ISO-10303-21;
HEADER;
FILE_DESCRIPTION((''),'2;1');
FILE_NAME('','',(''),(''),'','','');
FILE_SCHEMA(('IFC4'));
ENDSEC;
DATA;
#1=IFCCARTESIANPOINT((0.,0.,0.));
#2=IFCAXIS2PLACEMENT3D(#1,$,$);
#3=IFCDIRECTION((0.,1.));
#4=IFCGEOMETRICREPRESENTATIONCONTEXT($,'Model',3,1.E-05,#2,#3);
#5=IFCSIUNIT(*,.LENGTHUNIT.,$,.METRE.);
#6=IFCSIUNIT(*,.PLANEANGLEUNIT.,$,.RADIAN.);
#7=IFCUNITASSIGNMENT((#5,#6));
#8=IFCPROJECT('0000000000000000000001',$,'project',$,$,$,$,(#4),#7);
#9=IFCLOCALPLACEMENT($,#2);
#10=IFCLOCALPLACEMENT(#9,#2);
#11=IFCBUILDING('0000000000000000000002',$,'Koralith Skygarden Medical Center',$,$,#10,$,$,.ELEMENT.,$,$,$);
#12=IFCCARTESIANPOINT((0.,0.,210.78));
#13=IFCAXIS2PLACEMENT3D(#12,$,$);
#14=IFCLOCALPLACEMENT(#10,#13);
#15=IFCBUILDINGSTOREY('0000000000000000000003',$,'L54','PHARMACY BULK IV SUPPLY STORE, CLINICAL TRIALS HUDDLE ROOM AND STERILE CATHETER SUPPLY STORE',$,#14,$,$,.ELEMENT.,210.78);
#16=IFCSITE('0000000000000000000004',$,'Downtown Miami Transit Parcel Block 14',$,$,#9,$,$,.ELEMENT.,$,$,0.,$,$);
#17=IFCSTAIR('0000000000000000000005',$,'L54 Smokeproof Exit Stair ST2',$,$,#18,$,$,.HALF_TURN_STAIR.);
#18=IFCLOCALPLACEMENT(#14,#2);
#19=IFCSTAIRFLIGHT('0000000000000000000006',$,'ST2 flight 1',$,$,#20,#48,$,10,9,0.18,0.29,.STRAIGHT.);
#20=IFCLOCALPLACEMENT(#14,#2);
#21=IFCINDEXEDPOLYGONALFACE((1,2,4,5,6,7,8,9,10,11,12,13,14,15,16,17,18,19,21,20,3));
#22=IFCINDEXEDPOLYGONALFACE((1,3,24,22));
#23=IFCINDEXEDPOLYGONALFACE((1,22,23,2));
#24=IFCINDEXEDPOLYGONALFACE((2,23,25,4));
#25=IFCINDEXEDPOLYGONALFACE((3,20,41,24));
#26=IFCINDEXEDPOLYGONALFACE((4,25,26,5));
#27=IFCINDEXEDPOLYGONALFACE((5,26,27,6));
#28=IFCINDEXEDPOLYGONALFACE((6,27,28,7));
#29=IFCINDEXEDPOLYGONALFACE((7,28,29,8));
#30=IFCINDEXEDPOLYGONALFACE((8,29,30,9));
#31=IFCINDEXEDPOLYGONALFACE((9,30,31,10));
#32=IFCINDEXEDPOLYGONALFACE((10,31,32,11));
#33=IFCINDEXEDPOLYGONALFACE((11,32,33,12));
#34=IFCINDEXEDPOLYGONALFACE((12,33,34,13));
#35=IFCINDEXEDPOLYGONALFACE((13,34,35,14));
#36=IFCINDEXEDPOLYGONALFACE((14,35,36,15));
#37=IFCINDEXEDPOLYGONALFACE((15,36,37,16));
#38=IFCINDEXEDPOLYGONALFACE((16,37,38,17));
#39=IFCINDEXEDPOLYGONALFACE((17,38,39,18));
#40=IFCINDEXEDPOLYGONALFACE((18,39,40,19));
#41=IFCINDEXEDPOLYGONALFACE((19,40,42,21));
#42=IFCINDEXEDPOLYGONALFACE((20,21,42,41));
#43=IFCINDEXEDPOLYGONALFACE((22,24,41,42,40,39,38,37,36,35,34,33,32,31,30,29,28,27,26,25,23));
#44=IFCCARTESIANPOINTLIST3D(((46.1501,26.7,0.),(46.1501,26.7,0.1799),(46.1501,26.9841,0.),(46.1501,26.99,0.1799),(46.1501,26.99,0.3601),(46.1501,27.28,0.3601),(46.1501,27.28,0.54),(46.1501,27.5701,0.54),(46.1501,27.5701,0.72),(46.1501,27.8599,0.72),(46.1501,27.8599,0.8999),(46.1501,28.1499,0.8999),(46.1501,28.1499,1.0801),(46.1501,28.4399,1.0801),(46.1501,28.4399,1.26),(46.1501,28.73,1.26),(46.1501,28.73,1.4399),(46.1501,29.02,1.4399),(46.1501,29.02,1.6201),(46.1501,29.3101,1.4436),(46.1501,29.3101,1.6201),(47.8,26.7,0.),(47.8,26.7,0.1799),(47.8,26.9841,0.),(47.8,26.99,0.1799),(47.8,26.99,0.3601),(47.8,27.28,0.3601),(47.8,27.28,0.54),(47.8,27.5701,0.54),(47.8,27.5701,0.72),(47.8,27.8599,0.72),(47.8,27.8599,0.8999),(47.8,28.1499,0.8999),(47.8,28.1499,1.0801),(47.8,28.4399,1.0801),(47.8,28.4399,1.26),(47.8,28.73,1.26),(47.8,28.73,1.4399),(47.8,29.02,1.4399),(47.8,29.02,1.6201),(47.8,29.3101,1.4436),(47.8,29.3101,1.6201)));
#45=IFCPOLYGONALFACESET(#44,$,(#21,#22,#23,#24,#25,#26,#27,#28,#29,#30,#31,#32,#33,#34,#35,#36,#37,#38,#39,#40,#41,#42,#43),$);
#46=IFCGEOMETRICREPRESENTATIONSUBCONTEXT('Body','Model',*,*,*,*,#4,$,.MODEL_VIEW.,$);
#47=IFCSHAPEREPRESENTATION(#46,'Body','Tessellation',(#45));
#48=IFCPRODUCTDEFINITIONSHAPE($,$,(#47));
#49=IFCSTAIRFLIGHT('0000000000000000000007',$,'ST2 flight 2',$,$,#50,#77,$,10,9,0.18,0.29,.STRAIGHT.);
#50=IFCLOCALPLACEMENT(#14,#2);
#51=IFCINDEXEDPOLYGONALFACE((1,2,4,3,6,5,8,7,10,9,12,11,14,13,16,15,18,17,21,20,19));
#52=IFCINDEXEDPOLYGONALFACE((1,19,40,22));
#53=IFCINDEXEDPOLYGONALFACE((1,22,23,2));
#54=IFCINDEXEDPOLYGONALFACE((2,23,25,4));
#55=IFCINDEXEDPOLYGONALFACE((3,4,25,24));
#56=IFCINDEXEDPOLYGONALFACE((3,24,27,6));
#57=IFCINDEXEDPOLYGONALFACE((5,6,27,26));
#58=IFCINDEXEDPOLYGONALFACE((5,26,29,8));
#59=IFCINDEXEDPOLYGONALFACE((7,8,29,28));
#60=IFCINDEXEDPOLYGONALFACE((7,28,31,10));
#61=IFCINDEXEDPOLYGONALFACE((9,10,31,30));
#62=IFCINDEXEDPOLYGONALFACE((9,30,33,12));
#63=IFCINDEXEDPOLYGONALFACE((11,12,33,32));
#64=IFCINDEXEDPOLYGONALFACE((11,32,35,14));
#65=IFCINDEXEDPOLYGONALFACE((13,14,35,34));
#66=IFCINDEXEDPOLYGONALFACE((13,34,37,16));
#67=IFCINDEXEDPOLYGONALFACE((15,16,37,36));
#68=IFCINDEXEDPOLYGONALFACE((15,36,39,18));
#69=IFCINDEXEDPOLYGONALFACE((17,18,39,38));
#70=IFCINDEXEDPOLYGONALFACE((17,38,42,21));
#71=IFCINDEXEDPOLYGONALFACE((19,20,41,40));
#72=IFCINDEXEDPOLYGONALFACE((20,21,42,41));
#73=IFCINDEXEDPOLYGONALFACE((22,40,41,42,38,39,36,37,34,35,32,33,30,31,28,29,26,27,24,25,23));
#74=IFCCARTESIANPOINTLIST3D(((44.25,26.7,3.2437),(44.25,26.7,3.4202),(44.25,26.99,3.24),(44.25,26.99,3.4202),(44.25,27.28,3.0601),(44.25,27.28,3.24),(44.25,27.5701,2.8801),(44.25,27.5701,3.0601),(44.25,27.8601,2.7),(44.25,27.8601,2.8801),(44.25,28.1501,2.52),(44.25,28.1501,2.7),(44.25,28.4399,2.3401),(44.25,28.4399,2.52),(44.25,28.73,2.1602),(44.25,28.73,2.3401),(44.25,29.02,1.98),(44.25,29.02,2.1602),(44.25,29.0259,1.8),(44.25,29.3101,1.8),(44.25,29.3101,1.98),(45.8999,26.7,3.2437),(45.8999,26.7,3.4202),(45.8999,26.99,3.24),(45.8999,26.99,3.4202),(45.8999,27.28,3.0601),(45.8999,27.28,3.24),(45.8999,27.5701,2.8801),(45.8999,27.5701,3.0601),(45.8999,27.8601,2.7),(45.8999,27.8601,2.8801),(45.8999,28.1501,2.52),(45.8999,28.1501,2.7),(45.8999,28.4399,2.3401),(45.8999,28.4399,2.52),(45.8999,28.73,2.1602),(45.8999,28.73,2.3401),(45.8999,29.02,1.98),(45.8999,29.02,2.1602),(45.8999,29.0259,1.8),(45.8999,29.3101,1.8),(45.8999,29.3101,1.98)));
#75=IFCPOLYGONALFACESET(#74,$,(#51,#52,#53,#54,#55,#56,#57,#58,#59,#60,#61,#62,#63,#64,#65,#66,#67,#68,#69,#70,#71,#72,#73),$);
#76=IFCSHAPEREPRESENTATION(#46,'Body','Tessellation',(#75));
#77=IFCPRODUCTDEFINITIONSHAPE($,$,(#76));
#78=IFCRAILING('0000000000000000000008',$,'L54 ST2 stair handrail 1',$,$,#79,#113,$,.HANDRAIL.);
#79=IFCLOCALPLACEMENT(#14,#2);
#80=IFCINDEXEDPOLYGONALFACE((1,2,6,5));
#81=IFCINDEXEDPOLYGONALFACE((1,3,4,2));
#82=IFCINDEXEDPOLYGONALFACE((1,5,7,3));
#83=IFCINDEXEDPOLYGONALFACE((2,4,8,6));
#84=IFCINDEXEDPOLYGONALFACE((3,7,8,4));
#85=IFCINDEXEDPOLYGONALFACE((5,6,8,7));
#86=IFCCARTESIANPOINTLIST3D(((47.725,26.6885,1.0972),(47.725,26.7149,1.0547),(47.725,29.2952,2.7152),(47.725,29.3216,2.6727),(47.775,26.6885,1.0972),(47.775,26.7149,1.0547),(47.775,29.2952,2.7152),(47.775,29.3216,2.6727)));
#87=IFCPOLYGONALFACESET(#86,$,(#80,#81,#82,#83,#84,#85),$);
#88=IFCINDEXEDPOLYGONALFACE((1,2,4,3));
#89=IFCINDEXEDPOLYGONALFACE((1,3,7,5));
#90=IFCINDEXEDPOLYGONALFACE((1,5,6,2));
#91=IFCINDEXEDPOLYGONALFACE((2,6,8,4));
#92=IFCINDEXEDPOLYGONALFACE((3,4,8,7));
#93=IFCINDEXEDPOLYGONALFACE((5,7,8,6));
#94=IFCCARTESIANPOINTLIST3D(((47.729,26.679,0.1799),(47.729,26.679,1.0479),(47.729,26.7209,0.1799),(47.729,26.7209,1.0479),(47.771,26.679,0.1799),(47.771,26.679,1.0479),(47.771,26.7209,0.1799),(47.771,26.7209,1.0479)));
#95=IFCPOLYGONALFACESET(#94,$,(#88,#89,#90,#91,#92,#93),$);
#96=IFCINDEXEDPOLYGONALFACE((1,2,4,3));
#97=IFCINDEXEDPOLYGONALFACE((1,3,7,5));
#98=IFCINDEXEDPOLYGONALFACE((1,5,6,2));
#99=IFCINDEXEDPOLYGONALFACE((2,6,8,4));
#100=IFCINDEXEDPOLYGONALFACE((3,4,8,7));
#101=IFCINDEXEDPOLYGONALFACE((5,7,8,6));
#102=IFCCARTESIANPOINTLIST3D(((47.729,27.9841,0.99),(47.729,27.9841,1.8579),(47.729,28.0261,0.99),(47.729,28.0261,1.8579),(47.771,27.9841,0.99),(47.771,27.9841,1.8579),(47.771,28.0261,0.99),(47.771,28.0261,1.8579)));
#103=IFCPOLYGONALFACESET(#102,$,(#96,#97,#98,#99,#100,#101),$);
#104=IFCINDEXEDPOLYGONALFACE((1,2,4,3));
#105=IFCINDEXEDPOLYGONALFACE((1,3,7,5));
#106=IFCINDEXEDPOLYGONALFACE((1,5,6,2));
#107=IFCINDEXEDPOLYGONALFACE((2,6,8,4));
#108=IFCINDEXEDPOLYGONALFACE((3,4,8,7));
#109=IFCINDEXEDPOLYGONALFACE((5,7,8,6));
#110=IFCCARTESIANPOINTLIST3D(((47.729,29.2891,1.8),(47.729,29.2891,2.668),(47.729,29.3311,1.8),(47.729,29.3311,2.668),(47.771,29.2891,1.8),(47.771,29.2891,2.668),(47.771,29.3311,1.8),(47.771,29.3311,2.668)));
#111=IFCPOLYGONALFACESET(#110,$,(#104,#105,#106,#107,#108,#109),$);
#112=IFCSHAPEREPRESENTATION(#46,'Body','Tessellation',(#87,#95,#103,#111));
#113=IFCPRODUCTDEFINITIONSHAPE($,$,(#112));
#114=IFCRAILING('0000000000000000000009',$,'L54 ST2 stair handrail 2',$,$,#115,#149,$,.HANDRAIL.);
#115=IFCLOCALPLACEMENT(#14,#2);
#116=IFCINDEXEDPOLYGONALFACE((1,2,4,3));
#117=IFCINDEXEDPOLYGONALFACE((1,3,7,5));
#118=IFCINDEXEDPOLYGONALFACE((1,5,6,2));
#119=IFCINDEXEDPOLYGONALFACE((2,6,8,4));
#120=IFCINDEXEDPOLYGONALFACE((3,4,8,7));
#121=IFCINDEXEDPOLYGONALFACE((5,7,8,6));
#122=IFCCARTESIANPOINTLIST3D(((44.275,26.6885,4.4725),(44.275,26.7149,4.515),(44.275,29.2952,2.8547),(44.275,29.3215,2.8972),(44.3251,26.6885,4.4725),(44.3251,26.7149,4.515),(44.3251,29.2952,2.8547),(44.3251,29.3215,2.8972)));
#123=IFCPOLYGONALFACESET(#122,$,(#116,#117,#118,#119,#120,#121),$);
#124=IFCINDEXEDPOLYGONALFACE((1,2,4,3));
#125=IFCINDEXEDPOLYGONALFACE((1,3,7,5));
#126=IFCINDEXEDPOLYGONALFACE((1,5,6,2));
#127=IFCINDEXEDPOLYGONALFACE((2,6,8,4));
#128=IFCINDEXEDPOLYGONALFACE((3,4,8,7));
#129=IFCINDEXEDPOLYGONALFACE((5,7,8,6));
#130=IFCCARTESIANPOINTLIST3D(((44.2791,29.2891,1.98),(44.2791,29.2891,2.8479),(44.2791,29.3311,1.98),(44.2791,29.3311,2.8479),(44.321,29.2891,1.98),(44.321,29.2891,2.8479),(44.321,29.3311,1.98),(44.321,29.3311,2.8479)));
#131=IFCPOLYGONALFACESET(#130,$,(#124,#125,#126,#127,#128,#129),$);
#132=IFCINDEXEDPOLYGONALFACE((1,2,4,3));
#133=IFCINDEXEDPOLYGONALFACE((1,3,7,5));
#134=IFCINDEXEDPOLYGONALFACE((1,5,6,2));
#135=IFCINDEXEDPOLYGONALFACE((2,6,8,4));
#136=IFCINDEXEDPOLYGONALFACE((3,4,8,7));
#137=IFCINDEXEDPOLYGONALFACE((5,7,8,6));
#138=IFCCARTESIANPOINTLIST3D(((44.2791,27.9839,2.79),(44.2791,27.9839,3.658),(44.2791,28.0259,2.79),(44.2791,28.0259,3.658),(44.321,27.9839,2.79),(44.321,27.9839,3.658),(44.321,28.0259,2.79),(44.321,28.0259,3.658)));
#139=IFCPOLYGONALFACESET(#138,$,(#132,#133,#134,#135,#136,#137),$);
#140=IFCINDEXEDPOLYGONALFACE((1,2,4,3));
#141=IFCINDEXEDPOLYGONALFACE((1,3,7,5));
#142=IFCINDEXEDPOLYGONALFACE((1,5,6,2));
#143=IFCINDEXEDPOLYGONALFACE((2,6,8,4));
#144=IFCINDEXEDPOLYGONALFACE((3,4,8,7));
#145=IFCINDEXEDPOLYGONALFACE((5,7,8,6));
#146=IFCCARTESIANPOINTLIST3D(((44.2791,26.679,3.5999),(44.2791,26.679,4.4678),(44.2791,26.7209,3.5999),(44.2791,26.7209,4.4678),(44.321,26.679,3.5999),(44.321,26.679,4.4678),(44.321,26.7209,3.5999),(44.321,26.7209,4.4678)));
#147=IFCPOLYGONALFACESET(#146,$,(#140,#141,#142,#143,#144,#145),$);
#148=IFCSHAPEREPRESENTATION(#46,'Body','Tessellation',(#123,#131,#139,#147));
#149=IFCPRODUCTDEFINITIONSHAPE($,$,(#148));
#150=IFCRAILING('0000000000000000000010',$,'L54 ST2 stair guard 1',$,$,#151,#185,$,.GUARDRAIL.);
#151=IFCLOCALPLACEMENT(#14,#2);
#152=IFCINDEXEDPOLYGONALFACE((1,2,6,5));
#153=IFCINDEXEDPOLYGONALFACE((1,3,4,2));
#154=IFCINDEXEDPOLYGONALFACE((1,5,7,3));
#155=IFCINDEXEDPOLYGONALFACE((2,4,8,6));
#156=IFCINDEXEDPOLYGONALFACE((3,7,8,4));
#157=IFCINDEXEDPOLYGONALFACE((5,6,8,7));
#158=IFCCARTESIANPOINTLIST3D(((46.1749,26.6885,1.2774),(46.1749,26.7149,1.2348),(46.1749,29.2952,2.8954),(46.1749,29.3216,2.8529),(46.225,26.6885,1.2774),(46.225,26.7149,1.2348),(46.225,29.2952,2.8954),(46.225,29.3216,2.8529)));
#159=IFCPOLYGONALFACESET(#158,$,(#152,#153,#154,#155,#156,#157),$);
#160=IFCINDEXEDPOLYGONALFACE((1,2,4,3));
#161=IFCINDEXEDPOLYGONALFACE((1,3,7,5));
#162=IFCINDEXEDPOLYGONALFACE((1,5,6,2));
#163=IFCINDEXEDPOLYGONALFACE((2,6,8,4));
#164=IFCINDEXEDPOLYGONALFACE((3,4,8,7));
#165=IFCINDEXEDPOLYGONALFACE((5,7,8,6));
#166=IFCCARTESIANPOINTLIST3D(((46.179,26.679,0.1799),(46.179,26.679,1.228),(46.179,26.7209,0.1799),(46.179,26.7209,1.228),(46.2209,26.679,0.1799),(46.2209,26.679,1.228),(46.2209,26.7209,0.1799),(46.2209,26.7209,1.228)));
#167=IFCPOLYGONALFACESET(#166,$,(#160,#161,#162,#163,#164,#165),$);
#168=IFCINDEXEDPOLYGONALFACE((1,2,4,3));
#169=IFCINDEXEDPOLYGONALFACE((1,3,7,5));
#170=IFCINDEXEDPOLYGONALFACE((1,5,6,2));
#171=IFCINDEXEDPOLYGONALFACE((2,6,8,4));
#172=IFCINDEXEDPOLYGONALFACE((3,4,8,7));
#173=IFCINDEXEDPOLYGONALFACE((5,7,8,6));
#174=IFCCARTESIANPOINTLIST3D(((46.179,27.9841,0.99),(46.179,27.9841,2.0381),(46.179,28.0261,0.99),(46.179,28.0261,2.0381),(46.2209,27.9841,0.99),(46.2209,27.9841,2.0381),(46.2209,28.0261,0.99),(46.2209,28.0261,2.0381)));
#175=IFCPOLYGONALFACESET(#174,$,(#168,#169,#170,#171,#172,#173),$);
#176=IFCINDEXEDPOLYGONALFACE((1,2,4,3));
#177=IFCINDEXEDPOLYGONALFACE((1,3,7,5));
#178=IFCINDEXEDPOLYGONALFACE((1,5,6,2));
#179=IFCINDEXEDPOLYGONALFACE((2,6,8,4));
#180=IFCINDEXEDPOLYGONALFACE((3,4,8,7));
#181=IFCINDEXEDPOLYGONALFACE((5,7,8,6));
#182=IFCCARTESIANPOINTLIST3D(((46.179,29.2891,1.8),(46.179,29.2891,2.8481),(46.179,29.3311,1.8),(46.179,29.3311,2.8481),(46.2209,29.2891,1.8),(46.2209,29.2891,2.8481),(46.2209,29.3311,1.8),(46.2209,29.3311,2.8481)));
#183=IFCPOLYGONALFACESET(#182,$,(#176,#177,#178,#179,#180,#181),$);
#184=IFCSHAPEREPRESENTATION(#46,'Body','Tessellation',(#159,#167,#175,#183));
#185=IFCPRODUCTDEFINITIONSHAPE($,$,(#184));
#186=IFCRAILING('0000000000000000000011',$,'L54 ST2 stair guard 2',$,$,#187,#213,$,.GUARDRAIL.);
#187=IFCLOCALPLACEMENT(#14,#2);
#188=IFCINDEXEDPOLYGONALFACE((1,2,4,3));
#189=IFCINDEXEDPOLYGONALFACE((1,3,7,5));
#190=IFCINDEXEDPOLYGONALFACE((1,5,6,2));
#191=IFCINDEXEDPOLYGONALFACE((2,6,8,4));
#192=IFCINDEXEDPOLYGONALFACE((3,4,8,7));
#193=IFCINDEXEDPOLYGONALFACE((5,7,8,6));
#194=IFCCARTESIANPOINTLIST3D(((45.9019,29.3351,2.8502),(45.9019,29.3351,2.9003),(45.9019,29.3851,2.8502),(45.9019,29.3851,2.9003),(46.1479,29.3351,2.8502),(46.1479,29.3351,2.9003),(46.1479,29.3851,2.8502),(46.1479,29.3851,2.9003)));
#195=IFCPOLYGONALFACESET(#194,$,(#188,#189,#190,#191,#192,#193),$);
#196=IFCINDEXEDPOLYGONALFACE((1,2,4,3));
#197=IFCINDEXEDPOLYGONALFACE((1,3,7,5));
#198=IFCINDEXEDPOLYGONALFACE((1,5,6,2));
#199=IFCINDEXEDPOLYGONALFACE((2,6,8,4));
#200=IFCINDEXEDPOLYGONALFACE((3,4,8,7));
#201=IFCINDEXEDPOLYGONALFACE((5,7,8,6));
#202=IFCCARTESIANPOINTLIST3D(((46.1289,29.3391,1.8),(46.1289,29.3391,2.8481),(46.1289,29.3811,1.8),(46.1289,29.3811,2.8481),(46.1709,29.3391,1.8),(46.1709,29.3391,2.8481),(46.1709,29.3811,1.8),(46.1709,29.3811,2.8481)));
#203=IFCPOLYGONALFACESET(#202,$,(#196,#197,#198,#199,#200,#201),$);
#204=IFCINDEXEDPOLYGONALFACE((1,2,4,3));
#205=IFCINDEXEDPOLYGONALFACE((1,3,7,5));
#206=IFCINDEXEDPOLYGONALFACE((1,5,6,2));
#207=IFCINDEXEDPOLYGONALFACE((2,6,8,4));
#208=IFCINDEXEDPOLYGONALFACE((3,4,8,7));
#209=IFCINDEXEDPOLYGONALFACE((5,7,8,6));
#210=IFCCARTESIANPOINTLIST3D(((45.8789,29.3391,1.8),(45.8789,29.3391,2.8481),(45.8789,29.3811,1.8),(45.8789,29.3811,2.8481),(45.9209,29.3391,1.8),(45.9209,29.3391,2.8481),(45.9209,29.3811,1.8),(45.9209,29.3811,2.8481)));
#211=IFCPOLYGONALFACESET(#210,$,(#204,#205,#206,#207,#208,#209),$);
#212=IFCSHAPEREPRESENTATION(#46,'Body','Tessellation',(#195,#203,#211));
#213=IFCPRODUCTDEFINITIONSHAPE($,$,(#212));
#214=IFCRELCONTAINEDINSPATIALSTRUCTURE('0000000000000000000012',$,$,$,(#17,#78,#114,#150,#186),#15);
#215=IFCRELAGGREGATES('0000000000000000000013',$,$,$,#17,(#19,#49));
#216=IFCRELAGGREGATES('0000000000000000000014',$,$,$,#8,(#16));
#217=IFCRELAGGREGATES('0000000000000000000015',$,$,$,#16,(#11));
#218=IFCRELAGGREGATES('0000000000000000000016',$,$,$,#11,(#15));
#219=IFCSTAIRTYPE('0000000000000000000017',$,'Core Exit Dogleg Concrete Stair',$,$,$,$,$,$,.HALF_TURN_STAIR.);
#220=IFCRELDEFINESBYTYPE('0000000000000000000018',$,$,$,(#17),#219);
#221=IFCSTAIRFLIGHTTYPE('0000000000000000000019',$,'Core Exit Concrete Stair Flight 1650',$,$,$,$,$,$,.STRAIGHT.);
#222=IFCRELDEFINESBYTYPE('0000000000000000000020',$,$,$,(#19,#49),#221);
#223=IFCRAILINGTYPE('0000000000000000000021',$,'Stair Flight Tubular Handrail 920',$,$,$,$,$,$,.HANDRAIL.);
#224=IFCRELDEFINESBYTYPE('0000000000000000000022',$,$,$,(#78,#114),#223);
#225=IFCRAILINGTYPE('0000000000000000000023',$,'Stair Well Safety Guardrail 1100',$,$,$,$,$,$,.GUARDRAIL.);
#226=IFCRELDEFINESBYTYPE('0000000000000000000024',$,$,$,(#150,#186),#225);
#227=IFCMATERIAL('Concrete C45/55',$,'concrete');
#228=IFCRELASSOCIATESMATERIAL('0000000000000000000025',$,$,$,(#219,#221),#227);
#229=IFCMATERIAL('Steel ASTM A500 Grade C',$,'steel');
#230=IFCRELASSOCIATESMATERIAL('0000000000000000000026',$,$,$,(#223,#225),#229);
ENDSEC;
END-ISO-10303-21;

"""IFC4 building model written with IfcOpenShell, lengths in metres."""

from ifc_helpers import new_model, si_unit, direction, frame, origin, origin_2d, place, context, subcontext, project, spatial, polyline, rectangle, outline, extrude, material, type_object, element, aggregate, save


model = new_model("IFC4")

# Units and contexts
model_context = context("Model", 3, precision=1e-05, world=origin(), true_north=direction((0.0, 1.0)))
body_context = subcontext(model_context, "Body", "Model", "MODEL_VIEW")
ifc_project = project(units=[si_unit("LENGTHUNIT", "METRE"), si_unit("PLANEANGLEUNIT", "RADIAN")], contexts=[model_context])

# Site, building, storey
site_placement = place(None, origin())
site = spatial("IfcSite", under=ifc_project, at=site_placement, Name="Downtown Miami Transit Parcel Block 14", CompositionType="ELEMENT", RefElevation=0.0)
building_placement = place(site_placement, origin())
building = spatial("IfcBuilding", under=site, at=building_placement, Name="Koralith Skygarden Medical Center", CompositionType="ELEMENT")
storey_placement = place(building_placement, frame((0.0, 0.0, 210.78)))
storey = spatial("IfcBuildingStorey", under=building, at=storey_placement, Name="L54", Description="PHARMACY BULK IV SUPPLY STORE, CLINICAL TRIALS HUDDLE ROOM AND STERILE CATHETER SUPPLY STORE", CompositionType="ELEMENT", Elevation=210.78)

# Shared definitions
ifc_material_1 = material(Name="Concrete C45/55", Category="concrete")

# Shared definitions
ifc_material_2 = material(Name="Steel ASTM A500 Grade C", Category="steel")

# Stair, stair flights
stair_type = type_object("IfcStairType", Name="Core Exit Dogleg Concrete Stair", PredefinedType="HALF_TURN_STAIR", material=ifc_material_1)
stair_placement = place(storey_placement, origin())
stair = element("IfcStair", 1, at=stair_placement, inside=storey, type_object=stair_type, Name="L54 Smokeproof Exit Stair ST2", PredefinedType="HALF_TURN_STAIR")
stair_flight_type = type_object("IfcStairFlightType", Name="Core Exit Concrete Stair Flight 1650", PredefinedType="STRAIGHT", material=ifc_material_1)
stair_flight_1_placement = place(storey_placement, frame((46.9751, 26.7, 0.0), z_axis=(0.0, 0.0, 1.0), x_axis=(0.0, 1.0, 0.0)))
stair_flight_1 = element("IfcStairFlight", 2, at=stair_flight_1_placement, type_object=stair_flight_type, Name="ST2 flight 1", NumberOfRisers=10, NumberOfTreads=9, PredefinedType="STRAIGHT", RiserHeight=0.18, TreadLength=0.29, context=body_context, shape_type="SweptSolid", body=[
    extrude(outline(polyline([(0.0, 0.0), (0.0, 0.1799), (0.29, 0.1799), (0.29, 0.3601), (0.5801, 0.3601), (0.5801, 0.54), (0.8701, 0.54), (0.8701, 0.72), (1.1599, 0.72), (1.1599, 0.8999), (1.45, 0.8999), (1.45, 1.0801), (1.74, 1.0801), (1.74, 1.26), (2.03, 1.26), (2.03, 1.4399), (2.3201, 1.4399), (2.3201, 1.6201), (2.6101, 1.6201), (2.6101, 1.8), (2.6101, 1.4436), (0.2842, 0.0), (0.0, 0.0)])), frame((0.0, 0.825, 0.0), z_axis=(0.0, -1.0, 0.0), x_axis=(1.0, 0.0, 0.0)), (0.0, 0.0, 1.0), 1.6499),
])
stair_flight_2_placement = place(storey_placement, frame((45.075, 29.3101, 1.8), z_axis=(0.0, 0.0, 1.0), x_axis=(0.0, -1.0, 0.0)))
stair_flight_2 = element("IfcStairFlight", 3, at=stair_flight_2_placement, type_object=stair_flight_type, Name="ST2 flight 2", NumberOfRisers=10, NumberOfTreads=9, PredefinedType="STRAIGHT", RiserHeight=0.18, TreadLength=0.29, context=body_context, shape_type="SweptSolid", body=[
    extrude(outline(polyline([(0.0, 0.0), (0.0, 0.1799), (0.29, 0.1799), (0.29, 0.3601), (0.5801, 0.3601), (0.5801, 0.54), (0.8701, 0.54), (0.8701, 0.72), (1.1599, 0.72), (1.1599, 0.8999), (1.45, 0.8999), (1.45, 1.0801), (1.74, 1.0801), (1.74, 1.26), (2.03, 1.26), (2.03, 1.4399), (2.3201, 1.4399), (2.3201, 1.6201), (2.6101, 1.6201), (2.6101, 1.8), (2.6101, 1.4436), (0.2842, 0.0), (0.0, 0.0)])), frame((0.0, 0.825, 0.0), z_axis=(0.0, -1.0, 0.0), x_axis=(1.0, 0.0, 0.0)), (0.0, 0.0, 1.0), 1.6499),
])
aggregate(stair, [stair_flight_1, stair_flight_2])

# Railings
railing_type_1 = type_object("IfcRailingType", Name="Stair Flight Tubular Handrail 920", PredefinedType="HANDRAIL", material=ifc_material_2)
railing_1_placement = place(storey_placement, frame((47.75, 26.7, 0.1799)))
element("IfcRailing", 4, at=railing_1_placement, inside=storey, type_object=railing_type_1, Name="L54 ST2 stair handrail 1", PredefinedType="HANDRAIL", context=body_context, shape_type="SweptSolid", body=[
    extrude(rectangle(XDim=0.05, YDim=0.05, at=origin_2d()), frame((0.0, 0.0017, 0.896), z_axis=(0.0, 0.849633, 0.527375), x_axis=(-1.0, 0.0, 0.0)), (0.0, 0.0, 1.0), 3.0681),
    extrude(rectangle(XDim=0.042, YDim=0.042, at=origin_2d()), origin(), (0.0, 0.0, 1.0), 0.8679),
    extrude(rectangle(XDim=0.042, YDim=0.042, at=origin_2d()), frame((0.0, 1.3052, 0.8101)), (0.0, 0.0, 1.0), 0.8679),
    extrude(rectangle(XDim=0.042, YDim=0.042, at=origin_2d()), frame((0.0, 2.6101, 1.6201)), (0.0, 0.0, 1.0), 0.8679),
])
railing_2_placement = place(storey_placement, frame((44.3, 29.3101, 1.98)))
element("IfcRailing", 5, at=railing_2_placement, inside=storey, type_object=railing_type_1, Name="L54 ST2 stair handrail 2", PredefinedType="HANDRAIL", context=body_context, shape_type="SweptSolid", body=[
    extrude(rectangle(XDim=0.05, YDim=0.05, at=origin_2d()), frame((0.0, -0.0017, 0.896), z_axis=(0.0, -0.849668, 0.527317), x_axis=(1.0, 0.0, 0.0)), (0.0, 0.0, 1.0), 3.0679),
    extrude(rectangle(XDim=0.042, YDim=0.042, at=origin_2d()), origin(), (0.0, 0.0, 1.0), 0.8679),
    extrude(rectangle(XDim=0.042, YDim=0.042, at=origin_2d()), frame((0.0, -1.3052, 0.8101)), (0.0, 0.0, 1.0), 0.8679),
    extrude(rectangle(XDim=0.042, YDim=0.042, at=origin_2d()), frame((0.0, -2.6101, 1.6199)), (0.0, 0.0, 1.0), 0.8679),
])
railing_type_2 = type_object("IfcRailingType", Name="Stair Well Safety Guardrail 1100", PredefinedType="GUARDRAIL", material=ifc_material_2)
railing_3_placement = place(storey_placement, frame((46.2, 26.7, 0.1799)))
element("IfcRailing", 6, at=railing_3_placement, inside=storey, type_object=railing_type_2, Name="L54 ST2 stair guard 1", PredefinedType="GUARDRAIL", context=body_context, shape_type="SweptSolid", body=[
    extrude(rectangle(XDim=0.05, YDim=0.05, at=origin_2d()), frame((0.0, 0.0017, 1.0762), z_axis=(0.0, 0.849633, 0.527375), x_axis=(-1.0, 0.0, 0.0)), (0.0, 0.0, 1.0), 3.0681),
    extrude(rectangle(XDim=0.042, YDim=0.042, at=origin_2d()), origin(), (0.0, 0.0, 1.0), 1.0481),
    extrude(rectangle(XDim=0.042, YDim=0.042, at=origin_2d()), frame((0.0, 1.3052, 0.8101)), (0.0, 0.0, 1.0), 1.0481),
    extrude(rectangle(XDim=0.042, YDim=0.042, at=origin_2d()), frame((0.0, 2.6101, 1.6201)), (0.0, 0.0, 1.0), 1.0481),
])
railing_4_placement = place(storey_placement, frame((46.1499, 29.3601, 1.8)))
element("IfcRailing", 7, at=railing_4_placement, inside=storey, type_object=railing_type_2, Name="L54 ST2 stair guard 2", PredefinedType="GUARDRAIL", context=body_context, shape_type="SweptSolid", body=[
    extrude(rectangle(XDim=0.05, YDim=0.05, at=origin_2d()), frame((-0.002, 0.0, 1.0752), z_axis=(-1.0, 0.0, 0.0), x_axis=(0.0, -1.0, 0.0)), (0.0, 0.0, 1.0), 0.2461),
    extrude(rectangle(XDim=0.042, YDim=0.042, at=origin_2d()), origin(), (0.0, 0.0, 1.0), 1.0481),
    extrude(rectangle(XDim=0.042, YDim=0.042, at=origin_2d()), frame((-0.25, 0.0, 0.0)), (0.0, 0.0, 1.0), 1.0481),
])

save(model, "model.ifc")
